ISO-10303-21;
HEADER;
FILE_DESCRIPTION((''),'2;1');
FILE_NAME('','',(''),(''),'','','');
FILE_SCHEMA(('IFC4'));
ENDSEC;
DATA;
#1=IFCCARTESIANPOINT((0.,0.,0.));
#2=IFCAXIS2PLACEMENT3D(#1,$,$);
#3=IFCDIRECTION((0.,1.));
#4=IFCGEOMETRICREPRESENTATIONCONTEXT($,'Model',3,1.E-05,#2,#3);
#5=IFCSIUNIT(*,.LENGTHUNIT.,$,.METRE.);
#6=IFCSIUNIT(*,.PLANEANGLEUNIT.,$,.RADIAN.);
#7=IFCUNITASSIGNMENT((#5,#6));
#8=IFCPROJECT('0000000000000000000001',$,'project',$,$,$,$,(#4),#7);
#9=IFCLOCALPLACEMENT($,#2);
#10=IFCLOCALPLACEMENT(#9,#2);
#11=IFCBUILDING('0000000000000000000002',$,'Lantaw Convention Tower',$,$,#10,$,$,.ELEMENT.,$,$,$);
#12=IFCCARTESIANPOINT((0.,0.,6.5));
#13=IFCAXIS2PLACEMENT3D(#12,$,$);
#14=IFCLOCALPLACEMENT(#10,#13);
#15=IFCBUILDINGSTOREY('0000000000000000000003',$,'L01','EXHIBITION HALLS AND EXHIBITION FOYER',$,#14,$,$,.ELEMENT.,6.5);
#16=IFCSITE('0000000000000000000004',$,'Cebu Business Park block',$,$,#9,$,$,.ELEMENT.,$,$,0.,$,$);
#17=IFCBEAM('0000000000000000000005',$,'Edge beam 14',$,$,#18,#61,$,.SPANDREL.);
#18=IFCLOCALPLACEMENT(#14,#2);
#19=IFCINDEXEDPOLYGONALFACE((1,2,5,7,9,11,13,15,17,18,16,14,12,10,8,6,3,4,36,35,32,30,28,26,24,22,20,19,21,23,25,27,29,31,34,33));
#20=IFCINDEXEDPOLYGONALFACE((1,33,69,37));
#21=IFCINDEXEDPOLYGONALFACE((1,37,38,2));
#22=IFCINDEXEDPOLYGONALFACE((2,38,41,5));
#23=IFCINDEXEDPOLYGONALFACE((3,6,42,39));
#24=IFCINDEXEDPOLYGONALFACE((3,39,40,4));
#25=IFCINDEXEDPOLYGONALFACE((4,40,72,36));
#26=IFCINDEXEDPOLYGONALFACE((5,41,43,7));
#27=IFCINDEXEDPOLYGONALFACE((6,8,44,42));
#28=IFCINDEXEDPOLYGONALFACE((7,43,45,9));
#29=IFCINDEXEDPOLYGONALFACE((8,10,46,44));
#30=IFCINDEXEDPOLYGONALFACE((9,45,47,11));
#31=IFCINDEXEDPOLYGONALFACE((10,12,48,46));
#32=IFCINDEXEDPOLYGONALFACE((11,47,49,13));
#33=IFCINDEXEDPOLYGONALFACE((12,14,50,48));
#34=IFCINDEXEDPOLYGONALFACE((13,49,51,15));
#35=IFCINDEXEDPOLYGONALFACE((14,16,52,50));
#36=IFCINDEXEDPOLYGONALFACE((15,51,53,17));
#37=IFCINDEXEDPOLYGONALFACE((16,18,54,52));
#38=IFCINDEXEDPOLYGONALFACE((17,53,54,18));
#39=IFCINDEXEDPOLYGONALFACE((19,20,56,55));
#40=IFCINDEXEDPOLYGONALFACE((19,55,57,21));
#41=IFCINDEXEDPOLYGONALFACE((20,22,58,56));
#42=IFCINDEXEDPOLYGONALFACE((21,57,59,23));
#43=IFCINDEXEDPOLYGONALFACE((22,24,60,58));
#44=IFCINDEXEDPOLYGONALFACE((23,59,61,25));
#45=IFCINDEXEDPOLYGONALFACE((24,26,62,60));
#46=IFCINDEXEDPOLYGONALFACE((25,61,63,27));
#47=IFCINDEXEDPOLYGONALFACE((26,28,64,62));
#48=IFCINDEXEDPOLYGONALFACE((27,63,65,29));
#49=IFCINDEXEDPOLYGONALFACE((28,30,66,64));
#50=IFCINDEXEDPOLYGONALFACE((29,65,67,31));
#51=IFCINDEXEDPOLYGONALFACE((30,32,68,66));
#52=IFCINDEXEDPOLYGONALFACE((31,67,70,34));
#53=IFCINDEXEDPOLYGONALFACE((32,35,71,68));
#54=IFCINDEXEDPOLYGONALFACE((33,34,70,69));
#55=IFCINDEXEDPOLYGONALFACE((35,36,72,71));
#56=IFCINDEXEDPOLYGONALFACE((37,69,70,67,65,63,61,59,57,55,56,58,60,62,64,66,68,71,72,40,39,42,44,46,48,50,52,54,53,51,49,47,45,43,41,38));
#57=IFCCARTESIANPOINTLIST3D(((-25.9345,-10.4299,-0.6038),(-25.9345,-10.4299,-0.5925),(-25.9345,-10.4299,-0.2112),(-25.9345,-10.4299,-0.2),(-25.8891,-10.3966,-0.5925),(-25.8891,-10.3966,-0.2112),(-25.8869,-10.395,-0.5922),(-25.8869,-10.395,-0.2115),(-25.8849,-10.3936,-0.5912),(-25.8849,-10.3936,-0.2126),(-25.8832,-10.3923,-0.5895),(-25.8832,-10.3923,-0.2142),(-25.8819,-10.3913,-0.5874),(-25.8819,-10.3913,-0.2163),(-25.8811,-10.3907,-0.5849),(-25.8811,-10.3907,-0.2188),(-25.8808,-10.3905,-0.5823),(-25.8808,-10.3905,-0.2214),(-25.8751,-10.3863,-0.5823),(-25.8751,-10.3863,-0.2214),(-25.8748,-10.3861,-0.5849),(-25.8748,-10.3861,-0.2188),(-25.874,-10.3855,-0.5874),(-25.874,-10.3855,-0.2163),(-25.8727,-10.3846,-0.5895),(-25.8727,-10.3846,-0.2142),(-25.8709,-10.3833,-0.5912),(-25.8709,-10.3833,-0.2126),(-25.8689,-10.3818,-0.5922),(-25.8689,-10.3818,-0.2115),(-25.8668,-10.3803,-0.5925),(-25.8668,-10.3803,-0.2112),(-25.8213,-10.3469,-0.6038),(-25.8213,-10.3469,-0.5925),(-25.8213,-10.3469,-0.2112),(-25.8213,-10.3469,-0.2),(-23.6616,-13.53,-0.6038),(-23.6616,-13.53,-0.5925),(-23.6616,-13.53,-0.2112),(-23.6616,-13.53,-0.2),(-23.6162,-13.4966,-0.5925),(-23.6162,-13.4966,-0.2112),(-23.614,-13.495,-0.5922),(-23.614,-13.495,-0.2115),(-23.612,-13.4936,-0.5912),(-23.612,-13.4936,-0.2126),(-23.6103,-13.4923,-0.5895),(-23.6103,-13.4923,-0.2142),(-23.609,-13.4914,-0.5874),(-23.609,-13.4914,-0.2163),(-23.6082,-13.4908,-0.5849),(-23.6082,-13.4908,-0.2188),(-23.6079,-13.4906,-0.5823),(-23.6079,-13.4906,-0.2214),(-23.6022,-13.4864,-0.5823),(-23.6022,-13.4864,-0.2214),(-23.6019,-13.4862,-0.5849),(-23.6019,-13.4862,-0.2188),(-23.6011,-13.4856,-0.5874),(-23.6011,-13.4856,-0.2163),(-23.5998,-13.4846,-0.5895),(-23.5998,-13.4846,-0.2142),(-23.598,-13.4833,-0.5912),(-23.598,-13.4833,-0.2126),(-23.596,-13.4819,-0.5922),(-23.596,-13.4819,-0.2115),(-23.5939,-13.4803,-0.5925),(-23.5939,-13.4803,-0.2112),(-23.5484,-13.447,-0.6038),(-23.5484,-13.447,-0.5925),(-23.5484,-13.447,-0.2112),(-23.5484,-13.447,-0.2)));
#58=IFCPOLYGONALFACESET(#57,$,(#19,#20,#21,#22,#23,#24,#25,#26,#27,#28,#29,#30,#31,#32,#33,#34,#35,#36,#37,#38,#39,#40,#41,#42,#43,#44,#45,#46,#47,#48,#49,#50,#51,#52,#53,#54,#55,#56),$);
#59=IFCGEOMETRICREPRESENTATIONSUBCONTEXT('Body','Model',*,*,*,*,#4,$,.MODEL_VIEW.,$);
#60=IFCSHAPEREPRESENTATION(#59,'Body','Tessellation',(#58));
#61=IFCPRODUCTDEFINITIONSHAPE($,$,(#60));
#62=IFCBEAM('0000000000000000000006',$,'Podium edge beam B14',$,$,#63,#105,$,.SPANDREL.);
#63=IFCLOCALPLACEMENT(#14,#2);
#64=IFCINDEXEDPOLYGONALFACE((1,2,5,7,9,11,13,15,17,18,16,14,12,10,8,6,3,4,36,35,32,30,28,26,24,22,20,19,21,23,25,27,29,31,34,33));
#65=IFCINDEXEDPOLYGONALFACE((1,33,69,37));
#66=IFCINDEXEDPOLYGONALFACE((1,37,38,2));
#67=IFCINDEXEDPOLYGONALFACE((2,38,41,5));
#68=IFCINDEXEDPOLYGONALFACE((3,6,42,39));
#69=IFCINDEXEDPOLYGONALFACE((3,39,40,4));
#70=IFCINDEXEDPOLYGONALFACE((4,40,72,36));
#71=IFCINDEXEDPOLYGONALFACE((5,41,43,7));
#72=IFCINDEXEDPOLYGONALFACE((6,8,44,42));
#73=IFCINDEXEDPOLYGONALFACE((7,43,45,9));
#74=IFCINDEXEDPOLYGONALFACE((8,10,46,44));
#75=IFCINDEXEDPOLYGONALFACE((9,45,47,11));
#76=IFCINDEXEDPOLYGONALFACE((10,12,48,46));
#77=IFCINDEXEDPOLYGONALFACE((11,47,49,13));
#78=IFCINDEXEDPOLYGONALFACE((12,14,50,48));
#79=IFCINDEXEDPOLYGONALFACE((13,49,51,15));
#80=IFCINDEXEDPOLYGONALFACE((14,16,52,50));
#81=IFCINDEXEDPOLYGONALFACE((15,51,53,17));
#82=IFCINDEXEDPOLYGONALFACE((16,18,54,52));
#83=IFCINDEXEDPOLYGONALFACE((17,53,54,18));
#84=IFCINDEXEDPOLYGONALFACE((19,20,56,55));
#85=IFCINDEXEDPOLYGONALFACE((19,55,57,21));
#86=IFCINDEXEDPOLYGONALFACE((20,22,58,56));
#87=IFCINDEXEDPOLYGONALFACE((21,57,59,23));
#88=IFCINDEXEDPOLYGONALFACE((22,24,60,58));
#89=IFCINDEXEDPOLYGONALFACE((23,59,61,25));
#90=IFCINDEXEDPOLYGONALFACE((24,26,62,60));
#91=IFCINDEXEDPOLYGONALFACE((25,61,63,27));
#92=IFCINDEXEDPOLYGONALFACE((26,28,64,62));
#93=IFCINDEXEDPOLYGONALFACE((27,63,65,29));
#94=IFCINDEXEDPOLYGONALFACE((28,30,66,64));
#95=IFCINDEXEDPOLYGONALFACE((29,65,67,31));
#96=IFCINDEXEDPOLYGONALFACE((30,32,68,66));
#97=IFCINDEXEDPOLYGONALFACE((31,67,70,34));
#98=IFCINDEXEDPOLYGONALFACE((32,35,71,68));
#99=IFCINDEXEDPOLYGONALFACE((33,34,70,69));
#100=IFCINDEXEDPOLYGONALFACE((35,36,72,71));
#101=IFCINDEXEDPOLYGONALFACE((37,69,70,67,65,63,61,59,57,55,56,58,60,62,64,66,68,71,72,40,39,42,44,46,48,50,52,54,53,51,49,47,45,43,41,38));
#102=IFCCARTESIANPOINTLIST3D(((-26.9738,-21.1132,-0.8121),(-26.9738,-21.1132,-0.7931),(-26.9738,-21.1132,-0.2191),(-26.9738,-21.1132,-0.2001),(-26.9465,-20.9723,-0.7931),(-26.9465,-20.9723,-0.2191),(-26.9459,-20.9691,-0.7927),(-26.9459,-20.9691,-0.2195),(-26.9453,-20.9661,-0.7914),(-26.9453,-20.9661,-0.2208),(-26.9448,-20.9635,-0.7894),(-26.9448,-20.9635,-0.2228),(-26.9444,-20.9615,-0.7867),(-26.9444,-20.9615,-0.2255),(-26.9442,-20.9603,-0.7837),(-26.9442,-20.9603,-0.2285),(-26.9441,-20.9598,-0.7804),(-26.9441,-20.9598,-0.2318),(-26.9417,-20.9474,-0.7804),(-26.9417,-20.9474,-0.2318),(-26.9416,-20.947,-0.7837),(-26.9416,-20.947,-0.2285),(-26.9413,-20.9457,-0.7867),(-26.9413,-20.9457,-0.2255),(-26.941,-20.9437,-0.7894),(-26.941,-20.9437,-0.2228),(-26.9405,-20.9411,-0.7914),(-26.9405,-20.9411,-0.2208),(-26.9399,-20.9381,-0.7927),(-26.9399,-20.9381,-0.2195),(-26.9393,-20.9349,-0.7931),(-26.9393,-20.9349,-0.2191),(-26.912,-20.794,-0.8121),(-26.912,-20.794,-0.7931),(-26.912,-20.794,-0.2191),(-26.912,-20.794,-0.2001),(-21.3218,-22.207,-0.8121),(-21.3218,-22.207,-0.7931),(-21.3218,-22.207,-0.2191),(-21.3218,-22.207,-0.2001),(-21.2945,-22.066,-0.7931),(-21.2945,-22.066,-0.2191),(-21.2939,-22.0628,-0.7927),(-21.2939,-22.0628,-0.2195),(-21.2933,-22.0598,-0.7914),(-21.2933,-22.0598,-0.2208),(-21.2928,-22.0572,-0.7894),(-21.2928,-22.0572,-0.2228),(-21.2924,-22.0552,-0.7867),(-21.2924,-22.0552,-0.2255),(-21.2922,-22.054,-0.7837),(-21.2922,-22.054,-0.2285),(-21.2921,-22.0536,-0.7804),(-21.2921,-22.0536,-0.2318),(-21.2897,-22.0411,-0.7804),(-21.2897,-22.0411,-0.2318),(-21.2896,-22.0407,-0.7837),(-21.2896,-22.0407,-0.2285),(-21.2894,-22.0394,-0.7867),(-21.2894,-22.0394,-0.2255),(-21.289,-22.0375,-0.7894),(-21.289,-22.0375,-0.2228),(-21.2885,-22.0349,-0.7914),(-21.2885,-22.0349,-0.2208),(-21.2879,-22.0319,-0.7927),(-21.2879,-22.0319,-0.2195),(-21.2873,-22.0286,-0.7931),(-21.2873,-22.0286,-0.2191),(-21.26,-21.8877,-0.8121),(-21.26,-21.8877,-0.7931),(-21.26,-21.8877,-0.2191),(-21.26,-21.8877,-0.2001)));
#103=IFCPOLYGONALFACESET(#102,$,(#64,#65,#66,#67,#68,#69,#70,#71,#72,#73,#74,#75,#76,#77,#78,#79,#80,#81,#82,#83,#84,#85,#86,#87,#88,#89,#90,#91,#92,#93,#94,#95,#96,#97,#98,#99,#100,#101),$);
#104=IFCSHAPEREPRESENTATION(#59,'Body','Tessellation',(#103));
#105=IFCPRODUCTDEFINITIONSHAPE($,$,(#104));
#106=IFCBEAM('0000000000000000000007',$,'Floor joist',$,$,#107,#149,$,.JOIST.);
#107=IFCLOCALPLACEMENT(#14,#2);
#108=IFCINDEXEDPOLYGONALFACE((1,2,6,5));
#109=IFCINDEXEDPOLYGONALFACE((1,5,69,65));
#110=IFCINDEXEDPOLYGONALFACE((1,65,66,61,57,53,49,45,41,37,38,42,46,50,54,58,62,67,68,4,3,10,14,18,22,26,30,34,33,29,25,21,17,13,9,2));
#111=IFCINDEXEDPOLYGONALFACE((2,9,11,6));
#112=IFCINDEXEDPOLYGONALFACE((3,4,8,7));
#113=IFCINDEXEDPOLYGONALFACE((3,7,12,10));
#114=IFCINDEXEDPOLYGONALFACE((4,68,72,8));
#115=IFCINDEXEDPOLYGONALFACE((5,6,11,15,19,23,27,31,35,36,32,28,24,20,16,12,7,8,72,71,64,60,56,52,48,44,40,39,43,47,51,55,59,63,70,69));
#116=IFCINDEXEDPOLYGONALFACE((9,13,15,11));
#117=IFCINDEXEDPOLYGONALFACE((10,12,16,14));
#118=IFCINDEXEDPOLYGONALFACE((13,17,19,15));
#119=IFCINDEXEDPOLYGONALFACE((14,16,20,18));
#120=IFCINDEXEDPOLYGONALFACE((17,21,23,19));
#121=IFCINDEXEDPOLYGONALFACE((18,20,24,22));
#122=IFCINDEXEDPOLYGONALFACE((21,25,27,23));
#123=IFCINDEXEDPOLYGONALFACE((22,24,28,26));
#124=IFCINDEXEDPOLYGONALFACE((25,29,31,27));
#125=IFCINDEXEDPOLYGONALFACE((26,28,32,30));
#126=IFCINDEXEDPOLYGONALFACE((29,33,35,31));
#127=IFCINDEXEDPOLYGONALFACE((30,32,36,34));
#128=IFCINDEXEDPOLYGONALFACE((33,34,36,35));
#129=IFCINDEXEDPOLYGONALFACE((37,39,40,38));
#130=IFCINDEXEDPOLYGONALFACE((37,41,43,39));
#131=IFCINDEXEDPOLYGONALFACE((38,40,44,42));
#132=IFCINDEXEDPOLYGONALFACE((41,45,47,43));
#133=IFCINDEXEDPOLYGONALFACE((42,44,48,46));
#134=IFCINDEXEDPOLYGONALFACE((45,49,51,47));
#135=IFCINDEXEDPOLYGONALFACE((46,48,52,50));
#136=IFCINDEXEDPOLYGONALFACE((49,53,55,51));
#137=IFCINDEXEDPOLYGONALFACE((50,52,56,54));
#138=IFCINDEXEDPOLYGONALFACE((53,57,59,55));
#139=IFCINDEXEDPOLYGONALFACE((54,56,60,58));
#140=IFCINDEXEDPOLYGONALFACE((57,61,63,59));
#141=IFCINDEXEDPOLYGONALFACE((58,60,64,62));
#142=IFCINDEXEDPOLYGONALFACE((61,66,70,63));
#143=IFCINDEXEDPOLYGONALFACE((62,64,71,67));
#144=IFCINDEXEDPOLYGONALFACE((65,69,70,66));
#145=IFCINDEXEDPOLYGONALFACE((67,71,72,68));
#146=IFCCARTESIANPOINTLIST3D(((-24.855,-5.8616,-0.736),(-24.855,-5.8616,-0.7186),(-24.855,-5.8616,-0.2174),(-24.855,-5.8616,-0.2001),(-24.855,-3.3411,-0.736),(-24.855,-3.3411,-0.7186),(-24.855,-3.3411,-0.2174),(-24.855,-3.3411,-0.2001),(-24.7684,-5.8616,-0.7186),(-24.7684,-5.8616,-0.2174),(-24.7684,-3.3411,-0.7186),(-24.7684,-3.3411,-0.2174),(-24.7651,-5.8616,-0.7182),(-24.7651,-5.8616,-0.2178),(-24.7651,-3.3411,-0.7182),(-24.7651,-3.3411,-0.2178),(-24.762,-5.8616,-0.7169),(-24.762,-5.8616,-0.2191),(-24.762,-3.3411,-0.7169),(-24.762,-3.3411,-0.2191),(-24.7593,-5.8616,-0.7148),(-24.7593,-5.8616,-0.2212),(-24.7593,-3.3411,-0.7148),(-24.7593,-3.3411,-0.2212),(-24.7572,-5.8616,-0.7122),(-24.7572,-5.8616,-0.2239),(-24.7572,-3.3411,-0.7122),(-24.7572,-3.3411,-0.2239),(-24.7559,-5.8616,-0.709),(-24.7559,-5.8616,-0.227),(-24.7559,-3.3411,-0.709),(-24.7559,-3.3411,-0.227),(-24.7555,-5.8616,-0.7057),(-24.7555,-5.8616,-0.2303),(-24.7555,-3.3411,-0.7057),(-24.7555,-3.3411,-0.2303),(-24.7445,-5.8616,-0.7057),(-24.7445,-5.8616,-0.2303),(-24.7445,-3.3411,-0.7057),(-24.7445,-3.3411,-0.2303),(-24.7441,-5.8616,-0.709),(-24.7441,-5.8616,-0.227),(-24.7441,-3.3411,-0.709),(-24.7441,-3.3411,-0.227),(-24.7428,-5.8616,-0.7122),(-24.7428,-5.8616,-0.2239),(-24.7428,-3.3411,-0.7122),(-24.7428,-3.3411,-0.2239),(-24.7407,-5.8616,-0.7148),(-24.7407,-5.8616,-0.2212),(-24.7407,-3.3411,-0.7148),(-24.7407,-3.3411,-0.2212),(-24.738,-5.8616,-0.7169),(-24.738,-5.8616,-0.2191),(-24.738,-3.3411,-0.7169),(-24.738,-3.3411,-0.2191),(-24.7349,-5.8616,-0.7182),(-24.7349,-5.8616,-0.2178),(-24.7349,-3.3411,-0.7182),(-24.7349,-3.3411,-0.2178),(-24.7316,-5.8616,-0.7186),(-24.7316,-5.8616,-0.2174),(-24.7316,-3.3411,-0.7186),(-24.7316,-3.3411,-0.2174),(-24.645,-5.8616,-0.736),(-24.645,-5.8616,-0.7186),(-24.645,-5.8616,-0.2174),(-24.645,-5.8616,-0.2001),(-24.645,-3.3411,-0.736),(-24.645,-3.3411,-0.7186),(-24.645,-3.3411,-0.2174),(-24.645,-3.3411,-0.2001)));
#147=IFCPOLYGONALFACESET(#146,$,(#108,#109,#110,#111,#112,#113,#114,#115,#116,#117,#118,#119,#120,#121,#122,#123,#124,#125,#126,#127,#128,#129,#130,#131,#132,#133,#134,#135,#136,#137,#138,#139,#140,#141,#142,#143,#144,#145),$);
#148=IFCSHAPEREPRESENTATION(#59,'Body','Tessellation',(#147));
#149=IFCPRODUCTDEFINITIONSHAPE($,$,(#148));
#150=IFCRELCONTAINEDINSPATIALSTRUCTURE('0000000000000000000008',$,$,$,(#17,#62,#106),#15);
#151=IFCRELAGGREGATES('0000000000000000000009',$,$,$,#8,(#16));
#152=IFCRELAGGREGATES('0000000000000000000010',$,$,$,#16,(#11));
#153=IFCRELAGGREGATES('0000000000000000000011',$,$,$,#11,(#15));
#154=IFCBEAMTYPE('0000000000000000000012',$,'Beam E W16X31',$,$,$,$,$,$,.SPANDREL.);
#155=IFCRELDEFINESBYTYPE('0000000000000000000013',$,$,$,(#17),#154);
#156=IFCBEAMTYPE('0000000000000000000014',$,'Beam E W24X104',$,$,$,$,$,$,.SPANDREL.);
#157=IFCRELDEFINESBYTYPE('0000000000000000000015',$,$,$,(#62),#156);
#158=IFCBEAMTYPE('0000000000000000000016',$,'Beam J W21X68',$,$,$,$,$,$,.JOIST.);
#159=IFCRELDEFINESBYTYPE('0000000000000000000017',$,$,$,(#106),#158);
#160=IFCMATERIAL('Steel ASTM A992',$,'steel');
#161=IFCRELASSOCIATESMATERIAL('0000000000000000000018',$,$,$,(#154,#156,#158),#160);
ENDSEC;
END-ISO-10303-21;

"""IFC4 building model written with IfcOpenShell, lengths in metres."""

from ifc_helpers import new_model, si_unit, direction, frame, origin, origin_2d, place, context, subcontext, project, spatial, i_section, extrude, material, material_profile, profile_set, type_object, element, save


model = new_model("IFC4")

# Units and contexts
model_context = context("Model", 3, precision=1e-05, world=origin(), true_north=direction((0.0, 1.0)))
body_context = subcontext(model_context, "Body", "Model", "MODEL_VIEW")
ifc_project = project(units=[si_unit("LENGTHUNIT", "METRE"), si_unit("PLANEANGLEUNIT", "RADIAN")], contexts=[model_context])

# Site, building, storey
site_placement = place(None, origin())
site = spatial("IfcSite", under=ifc_project, at=site_placement, Name="Cebu Business Park block", CompositionType="ELEMENT", RefElevation=0.0)
building_placement = place(site_placement, origin())
building = spatial("IfcBuilding", under=site, at=building_placement, Name="Lantaw Convention Tower", CompositionType="ELEMENT")
storey_placement = place(building_placement, frame((0.0, 0.0, 6.5)))
storey = spatial("IfcBuildingStorey", under=building, at=storey_placement, Name="L01", Description="EXHIBITION HALLS AND EXHIBITION FOYER", CompositionType="ELEMENT", Elevation=6.5)

# Beams
ifc_material_1 = material(Name="Steel ASTM A992", Category="steel")
ifc_material_profile_1 = material_profile(ifc_material_1, i_section(OverallWidth=0.1404, OverallDepth=0.4038, WebThickness=0.0071, FlangeThickness=0.0112, FilletRadius=0.0103, at=origin_2d()), Name="W16X31")
ifc_profile_set_1 = profile_set([ifc_material_profile_1], Name="Steel ASTM A992")
beam_type_1 = type_object("IfcBeamType", Name="Beam E W16X31", PredefinedType="SPANDREL", material=ifc_profile_set_1)
beam_1_placement = place(storey_placement, frame((-25.8779, -10.3884, -0.4019), z_axis=(0.591287, -0.806462, 0.0), x_axis=(0.806462, 0.591287, 0.0)))
element("IfcBeam", 1, at=beam_1_placement, inside=storey, type_object=beam_type_1, Name="Edge beam 14", PredefinedType="SPANDREL", context=body_context, shape_type="SweptSolid", body=[
    extrude(i_section(OverallWidth=0.1404, OverallDepth=0.4038, WebThickness=0.0071, FlangeThickness=0.0112, FilletRadius=0.0103, at=origin_2d()), origin(), (0.0, 0.0, 1.0), 3.844),
])
ifc_material_profile_2 = material_profile(ifc_material_1, i_section(OverallWidth=0.3252, OverallDepth=0.6121, WebThickness=0.0127, FlangeThickness=0.019, FilletRadius=0.0127, at=origin_2d()), Name="W24X104")
ifc_profile_set_2 = profile_set([ifc_material_profile_2], Name="Steel ASTM A992")
beam_type_2 = type_object("IfcBeamType", Name="Beam E W24X104", PredefinedType="SPANDREL", material=ifc_profile_set_2)
beam_2_placement = place(storey_placement, frame((-26.9429, -20.9536, -0.5061), z_axis=(0.981786, -0.189988, 0.0), x_axis=(0.189988, 0.981786, 0.0)))
element("IfcBeam", 2, at=beam_2_placement, inside=storey, type_object=beam_type_2, Name="Podium edge beam B14", PredefinedType="SPANDREL", context=body_context, shape_type="SweptSolid", body=[
    extrude(i_section(OverallWidth=0.3252, OverallDepth=0.6121, WebThickness=0.0127, FlangeThickness=0.019, FilletRadius=0.0127, at=origin_2d()), origin(), (0.0, 0.0, 1.0), 5.7568),
])
ifc_material_profile_3 = material_profile(ifc_material_1, i_section(OverallWidth=0.21, OverallDepth=0.5359, WebThickness=0.011, FlangeThickness=0.0173, FilletRadius=0.0129, at=origin_2d()), Name="W21X68")
ifc_profile_set_3 = profile_set([ifc_material_profile_3], Name="Steel ASTM A992")
beam_type_3 = type_object("IfcBeamType", Name="Beam J W21X68", PredefinedType="JOIST", material=ifc_profile_set_3)
beam_3_placement = place(storey_placement, frame((-24.75, -5.8616, -0.468), z_axis=(0.0, 1.0, 0.0), x_axis=(-1.0, 0.0, 0.0)))
element("IfcBeam", 3, at=beam_3_placement, inside=storey, type_object=beam_type_3, Name="Floor joist", PredefinedType="JOIST", context=body_context, shape_type="SweptSolid", body=[
    extrude(i_section(OverallWidth=0.21, OverallDepth=0.5359, WebThickness=0.011, FlangeThickness=0.0173, FilletRadius=0.0129, at=origin_2d()), origin(), (0.0, 0.0, 1.0), 2.5205),
])

save(model, "model.ifc")
